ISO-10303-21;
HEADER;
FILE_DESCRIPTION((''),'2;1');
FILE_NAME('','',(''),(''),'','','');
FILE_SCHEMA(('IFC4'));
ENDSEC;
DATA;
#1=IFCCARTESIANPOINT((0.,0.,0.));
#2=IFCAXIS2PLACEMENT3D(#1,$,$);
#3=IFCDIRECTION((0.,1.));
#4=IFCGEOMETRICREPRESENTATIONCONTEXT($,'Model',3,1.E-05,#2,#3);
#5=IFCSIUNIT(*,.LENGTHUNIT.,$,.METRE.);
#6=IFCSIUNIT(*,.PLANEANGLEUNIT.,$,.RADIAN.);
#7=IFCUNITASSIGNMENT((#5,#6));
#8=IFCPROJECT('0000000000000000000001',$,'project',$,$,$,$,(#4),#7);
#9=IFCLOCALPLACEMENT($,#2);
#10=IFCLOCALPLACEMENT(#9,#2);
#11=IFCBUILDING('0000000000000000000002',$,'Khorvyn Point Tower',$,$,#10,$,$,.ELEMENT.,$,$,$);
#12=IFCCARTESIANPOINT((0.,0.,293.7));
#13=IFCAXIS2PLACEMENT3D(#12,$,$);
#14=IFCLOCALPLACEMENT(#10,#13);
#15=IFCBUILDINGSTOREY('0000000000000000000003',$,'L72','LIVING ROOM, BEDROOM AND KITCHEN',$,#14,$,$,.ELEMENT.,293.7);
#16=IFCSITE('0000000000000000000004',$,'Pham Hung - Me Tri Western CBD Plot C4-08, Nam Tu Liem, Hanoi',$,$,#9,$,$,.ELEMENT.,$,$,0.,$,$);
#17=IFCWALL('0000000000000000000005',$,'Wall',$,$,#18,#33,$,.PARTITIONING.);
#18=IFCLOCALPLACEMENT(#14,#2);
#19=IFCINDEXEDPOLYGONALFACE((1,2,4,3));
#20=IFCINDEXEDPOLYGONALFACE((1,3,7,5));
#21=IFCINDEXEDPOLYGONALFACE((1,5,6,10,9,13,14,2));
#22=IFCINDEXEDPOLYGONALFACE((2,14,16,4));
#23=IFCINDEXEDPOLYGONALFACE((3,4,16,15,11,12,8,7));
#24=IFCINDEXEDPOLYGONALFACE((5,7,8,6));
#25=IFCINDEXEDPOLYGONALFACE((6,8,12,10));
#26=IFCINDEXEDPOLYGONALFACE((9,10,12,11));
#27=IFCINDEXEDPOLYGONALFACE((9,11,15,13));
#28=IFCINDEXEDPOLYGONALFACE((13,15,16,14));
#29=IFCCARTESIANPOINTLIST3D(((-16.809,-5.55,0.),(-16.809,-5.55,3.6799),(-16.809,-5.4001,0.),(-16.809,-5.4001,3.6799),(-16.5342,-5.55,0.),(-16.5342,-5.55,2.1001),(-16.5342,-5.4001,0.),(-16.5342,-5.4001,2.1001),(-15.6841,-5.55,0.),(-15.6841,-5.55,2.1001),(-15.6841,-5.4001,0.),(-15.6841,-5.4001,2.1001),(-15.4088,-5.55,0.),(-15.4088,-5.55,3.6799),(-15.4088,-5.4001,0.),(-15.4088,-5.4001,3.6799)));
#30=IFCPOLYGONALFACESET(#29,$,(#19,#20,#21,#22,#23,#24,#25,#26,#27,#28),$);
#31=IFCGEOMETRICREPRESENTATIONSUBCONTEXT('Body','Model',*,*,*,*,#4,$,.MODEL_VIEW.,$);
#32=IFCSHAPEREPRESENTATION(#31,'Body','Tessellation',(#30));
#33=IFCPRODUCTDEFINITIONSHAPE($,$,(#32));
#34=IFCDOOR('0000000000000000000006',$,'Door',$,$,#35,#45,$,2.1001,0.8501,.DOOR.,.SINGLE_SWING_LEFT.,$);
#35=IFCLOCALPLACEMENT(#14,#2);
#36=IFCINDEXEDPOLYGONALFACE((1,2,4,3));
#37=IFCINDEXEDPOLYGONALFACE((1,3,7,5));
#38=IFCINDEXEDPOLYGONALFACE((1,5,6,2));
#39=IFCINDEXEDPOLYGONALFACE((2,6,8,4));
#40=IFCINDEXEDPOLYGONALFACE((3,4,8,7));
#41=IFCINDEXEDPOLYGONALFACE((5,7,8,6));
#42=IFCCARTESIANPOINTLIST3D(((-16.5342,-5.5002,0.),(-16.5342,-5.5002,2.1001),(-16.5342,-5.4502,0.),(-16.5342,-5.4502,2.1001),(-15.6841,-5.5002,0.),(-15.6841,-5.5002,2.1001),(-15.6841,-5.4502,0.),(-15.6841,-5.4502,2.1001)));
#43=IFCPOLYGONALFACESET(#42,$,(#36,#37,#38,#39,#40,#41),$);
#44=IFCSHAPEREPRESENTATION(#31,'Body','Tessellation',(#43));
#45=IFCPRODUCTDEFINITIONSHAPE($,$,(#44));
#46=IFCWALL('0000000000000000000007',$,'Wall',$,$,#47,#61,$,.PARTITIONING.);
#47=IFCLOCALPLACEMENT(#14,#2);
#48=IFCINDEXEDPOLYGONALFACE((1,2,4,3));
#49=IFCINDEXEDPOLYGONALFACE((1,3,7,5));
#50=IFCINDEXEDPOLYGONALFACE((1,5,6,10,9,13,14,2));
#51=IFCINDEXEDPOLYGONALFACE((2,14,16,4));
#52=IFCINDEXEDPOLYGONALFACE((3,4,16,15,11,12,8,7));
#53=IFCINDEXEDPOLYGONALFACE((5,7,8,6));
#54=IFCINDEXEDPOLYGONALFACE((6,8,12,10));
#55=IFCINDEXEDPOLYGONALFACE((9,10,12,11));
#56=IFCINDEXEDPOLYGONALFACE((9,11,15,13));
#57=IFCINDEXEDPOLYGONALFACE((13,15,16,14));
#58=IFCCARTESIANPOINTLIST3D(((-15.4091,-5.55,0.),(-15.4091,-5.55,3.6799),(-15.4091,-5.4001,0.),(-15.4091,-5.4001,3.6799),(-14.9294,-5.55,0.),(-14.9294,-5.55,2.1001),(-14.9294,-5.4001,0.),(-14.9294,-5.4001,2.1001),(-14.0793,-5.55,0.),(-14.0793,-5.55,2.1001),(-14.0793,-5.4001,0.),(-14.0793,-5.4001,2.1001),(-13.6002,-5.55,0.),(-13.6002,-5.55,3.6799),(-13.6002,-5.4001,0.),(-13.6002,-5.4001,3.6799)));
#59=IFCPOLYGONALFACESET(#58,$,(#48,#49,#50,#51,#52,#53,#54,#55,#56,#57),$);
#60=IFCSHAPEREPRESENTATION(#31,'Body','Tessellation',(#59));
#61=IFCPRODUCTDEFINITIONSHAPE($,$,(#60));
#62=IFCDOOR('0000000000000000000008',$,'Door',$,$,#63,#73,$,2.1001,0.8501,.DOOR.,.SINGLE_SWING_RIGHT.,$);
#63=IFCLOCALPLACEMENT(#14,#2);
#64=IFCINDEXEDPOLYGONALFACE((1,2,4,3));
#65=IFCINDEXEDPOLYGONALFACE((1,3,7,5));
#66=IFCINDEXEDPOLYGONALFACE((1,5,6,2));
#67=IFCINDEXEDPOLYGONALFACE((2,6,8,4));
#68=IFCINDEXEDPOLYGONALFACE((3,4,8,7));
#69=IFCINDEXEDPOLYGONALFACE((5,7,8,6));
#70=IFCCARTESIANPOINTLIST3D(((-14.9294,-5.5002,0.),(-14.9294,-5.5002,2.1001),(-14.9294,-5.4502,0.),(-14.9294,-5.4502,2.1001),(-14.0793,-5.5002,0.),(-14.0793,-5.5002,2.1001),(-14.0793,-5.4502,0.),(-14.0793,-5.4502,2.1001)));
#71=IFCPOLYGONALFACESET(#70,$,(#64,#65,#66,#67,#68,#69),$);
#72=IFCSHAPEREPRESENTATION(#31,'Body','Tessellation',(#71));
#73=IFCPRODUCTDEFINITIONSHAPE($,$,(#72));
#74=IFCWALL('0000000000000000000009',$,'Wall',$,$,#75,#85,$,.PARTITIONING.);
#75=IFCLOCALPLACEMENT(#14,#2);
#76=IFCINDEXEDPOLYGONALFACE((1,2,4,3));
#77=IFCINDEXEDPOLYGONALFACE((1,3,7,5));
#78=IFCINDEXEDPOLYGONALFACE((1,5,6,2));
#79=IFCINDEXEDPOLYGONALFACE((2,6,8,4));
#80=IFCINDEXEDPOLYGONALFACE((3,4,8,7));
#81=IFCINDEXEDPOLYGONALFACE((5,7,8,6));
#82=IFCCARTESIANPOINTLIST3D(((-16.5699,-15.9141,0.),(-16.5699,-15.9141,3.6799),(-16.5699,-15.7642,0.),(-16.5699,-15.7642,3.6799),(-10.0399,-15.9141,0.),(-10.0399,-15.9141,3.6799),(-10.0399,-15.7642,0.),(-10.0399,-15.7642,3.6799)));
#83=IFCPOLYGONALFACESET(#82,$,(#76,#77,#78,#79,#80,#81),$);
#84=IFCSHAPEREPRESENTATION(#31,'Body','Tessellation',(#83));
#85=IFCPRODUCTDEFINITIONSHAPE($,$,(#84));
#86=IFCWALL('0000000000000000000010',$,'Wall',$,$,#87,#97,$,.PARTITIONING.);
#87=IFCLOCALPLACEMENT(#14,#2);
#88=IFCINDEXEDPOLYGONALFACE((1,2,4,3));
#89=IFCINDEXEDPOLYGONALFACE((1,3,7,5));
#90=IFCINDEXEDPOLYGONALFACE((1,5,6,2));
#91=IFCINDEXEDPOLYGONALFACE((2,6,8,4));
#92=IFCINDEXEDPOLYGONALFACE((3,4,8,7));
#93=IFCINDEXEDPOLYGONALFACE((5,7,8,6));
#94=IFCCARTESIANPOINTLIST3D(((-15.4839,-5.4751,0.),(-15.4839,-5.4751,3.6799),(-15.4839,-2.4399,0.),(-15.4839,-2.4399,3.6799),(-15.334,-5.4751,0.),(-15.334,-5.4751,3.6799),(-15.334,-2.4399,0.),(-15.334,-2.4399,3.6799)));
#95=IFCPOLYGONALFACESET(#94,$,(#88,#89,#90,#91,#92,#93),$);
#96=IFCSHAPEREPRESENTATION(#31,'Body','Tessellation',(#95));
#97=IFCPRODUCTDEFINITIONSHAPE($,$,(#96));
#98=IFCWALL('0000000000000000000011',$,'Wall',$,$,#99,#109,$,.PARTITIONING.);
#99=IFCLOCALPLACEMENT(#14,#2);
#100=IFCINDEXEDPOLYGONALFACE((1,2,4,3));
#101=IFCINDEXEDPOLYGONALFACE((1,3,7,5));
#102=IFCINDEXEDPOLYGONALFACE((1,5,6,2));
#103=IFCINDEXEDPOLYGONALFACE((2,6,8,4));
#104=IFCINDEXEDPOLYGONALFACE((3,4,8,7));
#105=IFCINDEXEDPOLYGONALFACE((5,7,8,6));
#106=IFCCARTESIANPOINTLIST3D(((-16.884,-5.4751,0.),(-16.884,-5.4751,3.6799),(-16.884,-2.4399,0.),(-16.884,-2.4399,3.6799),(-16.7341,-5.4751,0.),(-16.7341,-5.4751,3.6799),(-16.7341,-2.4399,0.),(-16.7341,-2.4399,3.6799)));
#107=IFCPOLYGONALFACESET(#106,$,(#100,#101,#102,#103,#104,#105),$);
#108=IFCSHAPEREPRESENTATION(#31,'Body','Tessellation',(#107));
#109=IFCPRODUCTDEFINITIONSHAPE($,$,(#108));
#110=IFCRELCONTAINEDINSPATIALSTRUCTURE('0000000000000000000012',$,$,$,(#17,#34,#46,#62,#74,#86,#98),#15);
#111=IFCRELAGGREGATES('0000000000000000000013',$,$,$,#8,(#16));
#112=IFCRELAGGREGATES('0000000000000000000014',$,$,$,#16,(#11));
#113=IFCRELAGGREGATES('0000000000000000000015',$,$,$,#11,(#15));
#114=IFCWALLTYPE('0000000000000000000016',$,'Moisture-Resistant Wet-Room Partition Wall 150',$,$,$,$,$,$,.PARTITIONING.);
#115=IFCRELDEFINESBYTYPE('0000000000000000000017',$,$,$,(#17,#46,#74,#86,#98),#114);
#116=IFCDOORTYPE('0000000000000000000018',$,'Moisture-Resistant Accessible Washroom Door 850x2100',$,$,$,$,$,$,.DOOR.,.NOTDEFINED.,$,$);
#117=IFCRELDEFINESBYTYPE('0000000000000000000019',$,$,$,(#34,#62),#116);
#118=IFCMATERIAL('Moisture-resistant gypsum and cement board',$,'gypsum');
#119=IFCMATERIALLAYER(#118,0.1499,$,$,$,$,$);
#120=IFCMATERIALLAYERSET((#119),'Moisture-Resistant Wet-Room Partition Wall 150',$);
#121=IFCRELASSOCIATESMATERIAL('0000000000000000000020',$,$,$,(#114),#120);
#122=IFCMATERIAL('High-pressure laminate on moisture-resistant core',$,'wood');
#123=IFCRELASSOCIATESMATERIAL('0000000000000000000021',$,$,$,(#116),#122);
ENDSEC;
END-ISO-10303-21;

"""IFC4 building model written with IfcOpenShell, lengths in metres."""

from ifc_helpers import new_model, si_unit, direction, frame, frame_2d, origin, place, context, subcontext, project, spatial, rectangle, extrude, material, layer, layer_set, type_object, element, fill, save


model = new_model("IFC4")

# Units and contexts
model_context = context("Model", 3, precision=1e-05, world=origin(), true_north=direction((0.0, 1.0)))
body_context = subcontext(model_context, "Body", "Model", "MODEL_VIEW")
ifc_project = project(units=[si_unit("LENGTHUNIT", "METRE"), si_unit("PLANEANGLEUNIT", "RADIAN")], contexts=[model_context])

# Site, building, storey
site_placement = place(None, origin())
site = spatial("IfcSite", under=ifc_project, at=site_placement, Name="Pham Hung - Me Tri Western CBD Plot C4-08, Nam Tu Liem, Hanoi", CompositionType="ELEMENT", RefElevation=0.0)
building_placement = place(site_placement, origin())
building = spatial("IfcBuilding", under=site, at=building_placement, Name="Khorvyn Point Tower", CompositionType="ELEMENT")
storey_placement = place(building_placement, frame((0.0, 0.0, 293.7)))
storey = spatial("IfcBuildingStorey", under=building, at=storey_placement, Name="L72", Description="LIVING ROOM, BEDROOM AND KITCHEN", CompositionType="ELEMENT", Elevation=293.7)

# Walls, openings, doors
ifc_material_1 = material(Name="Moisture-resistant gypsum and cement board", Category="gypsum")
ifc_layer_1 = layer(ifc_material_1, 0.1499)
ifc_layer_set_1 = layer_set([ifc_layer_1], Name="Moisture-Resistant Wet-Room Partition Wall 150")
wall_type_1 = type_object("IfcWallType", Name="Moisture-Resistant Wet-Room Partition Wall 150", PredefinedType="PARTITIONING", material=ifc_layer_set_1)
wall_1_placement = place(storey_placement, frame((-16.8091, -5.4751, 0.0), z_axis=(0.0, 0.0, 1.0), x_axis=(1.0, 0.0, 0.0)))
wall_1 = element("IfcWall", 1, at=wall_1_placement, inside=storey, type_object=wall_type_1, Name="Wall", PredefinedType="PARTITIONING", context=body_context, shape_type="SweptSolid", body=[
    extrude(rectangle(XDim=1.4001, YDim=0.1499, at=frame_2d((0.7002, 0.0))), origin(), (0.0, 0.0, 1.0), 3.6799),
])
opening_1_placement = place(wall_1_placement, frame((0.2749, 0.0, 0.0)))
opening_1 = element("IfcOpeningElement", 2, at=opening_1_placement, cuts=wall_1, PredefinedType="OPENING", context=body_context, shape_type="SweptSolid", body=[
    extrude(rectangle(XDim=0.8501, YDim=2.1001, at=frame_2d((0.425, 1.05))), frame((0.0, 0.085, 0.0), z_axis=(0.0, -1.0, 0.0), x_axis=(1.0, 0.0, 0.0)), (0.0, 0.0, 1.0), 0.1699),
])
ifc_material_2 = material(Name="High-pressure laminate on moisture-resistant core", Category="wood")
door_type_1 = type_object("IfcDoorType", Name="Moisture-Resistant Accessible Washroom Door 850x2100", OperationType="NOTDEFINED", PredefinedType="DOOR", material=ifc_material_2)
door_1_placement = place(opening_1_placement, origin())
door_1 = element("IfcDoor", 3, at=door_1_placement, inside=storey, type_object=door_type_1, Name="Door", OperationType="SINGLE_SWING_LEFT", OverallHeight=2.1001, OverallWidth=0.8501, PredefinedType="DOOR", context=body_context, shape_type="SweptSolid", body=[
    extrude(rectangle(XDim=0.8501, YDim=2.1001, at=frame_2d((0.425, 1.05))), frame((0.0, 0.0249, 0.0), z_axis=(0.0, -1.0, 0.0), x_axis=(1.0, 0.0, 0.0)), (0.0, 0.0, 1.0), 0.05),
])
fill(opening_1, door_1)
wall_2_placement = place(storey_placement, frame((-15.4089, -5.4751, 0.0), z_axis=(0.0, 0.0, 1.0), x_axis=(1.0, 0.0, 0.0)))
wall_2 = element("IfcWall", 4, at=wall_2_placement, inside=storey, type_object=wall_type_1, Name="Wall", PredefinedType="PARTITIONING", context=body_context, shape_type="SweptSolid", body=[
    extrude(rectangle(XDim=1.8088, YDim=0.1499, at=frame_2d((0.9043, 0.0))), origin(), (0.0, 0.0, 1.0), 3.6799),
])
opening_2_placement = place(wall_2_placement, frame((0.4795, 0.0, 0.0)))
opening_2 = element("IfcOpeningElement", 5, at=opening_2_placement, cuts=wall_2, PredefinedType="OPENING", context=body_context, shape_type="SweptSolid", body=[
    extrude(rectangle(XDim=0.8501, YDim=2.1001, at=frame_2d((0.425, 1.05))), frame((0.0, 0.085, 0.0), z_axis=(0.0, -1.0, 0.0), x_axis=(1.0, 0.0, 0.0)), (0.0, 0.0, 1.0), 0.1699),
])
door_2_placement = place(opening_2_placement, origin())
door_2 = element("IfcDoor", 6, at=door_2_placement, inside=storey, type_object=door_type_1, Name="Door", OperationType="SINGLE_SWING_RIGHT", OverallHeight=2.1001, OverallWidth=0.8501, PredefinedType="DOOR", context=body_context, shape_type="SweptSolid", body=[
    extrude(rectangle(XDim=0.8501, YDim=2.1001, at=frame_2d((0.425, 1.05))), frame((0.0, 0.0249, 0.0), z_axis=(0.0, -1.0, 0.0), x_axis=(1.0, 0.0, 0.0)), (0.0, 0.0, 1.0), 0.05),
])
fill(opening_2, door_2)

# Walls
wall_3_placement = place(storey_placement, frame((-16.5701, -15.8391, 0.0), z_axis=(0.0, 0.0, 1.0), x_axis=(1.0, 0.0, 0.0)))
element("IfcWall", 7, at=wall_3_placement, inside=storey, type_object=wall_type_1, Name="Wall", PredefinedType="PARTITIONING", context=body_context, shape_type="SweptSolid", body=[
    extrude(rectangle(XDim=6.53, YDim=0.1499, at=frame_2d((3.2651, 0.0))), origin(), (0.0, 0.0, 1.0), 3.6799),
])
for number, where, z_axis, x_axis, name in (
    (8, (-15.4089, -5.4751, 0.0), (0.0, 0.0, 1.0), (0.0, 1.0, 0.0), "Wall"),
    (9, (-16.8091, -5.4751, 0.0), (0.0, 0.0, 1.0), (0.0, 1.0, 0.0), "Wall"),
):
    element("IfcWall", number, at=place(storey_placement, frame(where, z_axis=z_axis, x_axis=x_axis)), inside=storey, type_object=wall_type_1, Name=name, PredefinedType="PARTITIONING", context=body_context, shape_type="SweptSolid", body=[
        extrude(rectangle(XDim=3.0352, YDim=0.1499, at=frame_2d((1.5176, 0.0))), origin(), (0.0, 0.0, 1.0), 3.6799),
    ])

save(model, "model.ifc")
